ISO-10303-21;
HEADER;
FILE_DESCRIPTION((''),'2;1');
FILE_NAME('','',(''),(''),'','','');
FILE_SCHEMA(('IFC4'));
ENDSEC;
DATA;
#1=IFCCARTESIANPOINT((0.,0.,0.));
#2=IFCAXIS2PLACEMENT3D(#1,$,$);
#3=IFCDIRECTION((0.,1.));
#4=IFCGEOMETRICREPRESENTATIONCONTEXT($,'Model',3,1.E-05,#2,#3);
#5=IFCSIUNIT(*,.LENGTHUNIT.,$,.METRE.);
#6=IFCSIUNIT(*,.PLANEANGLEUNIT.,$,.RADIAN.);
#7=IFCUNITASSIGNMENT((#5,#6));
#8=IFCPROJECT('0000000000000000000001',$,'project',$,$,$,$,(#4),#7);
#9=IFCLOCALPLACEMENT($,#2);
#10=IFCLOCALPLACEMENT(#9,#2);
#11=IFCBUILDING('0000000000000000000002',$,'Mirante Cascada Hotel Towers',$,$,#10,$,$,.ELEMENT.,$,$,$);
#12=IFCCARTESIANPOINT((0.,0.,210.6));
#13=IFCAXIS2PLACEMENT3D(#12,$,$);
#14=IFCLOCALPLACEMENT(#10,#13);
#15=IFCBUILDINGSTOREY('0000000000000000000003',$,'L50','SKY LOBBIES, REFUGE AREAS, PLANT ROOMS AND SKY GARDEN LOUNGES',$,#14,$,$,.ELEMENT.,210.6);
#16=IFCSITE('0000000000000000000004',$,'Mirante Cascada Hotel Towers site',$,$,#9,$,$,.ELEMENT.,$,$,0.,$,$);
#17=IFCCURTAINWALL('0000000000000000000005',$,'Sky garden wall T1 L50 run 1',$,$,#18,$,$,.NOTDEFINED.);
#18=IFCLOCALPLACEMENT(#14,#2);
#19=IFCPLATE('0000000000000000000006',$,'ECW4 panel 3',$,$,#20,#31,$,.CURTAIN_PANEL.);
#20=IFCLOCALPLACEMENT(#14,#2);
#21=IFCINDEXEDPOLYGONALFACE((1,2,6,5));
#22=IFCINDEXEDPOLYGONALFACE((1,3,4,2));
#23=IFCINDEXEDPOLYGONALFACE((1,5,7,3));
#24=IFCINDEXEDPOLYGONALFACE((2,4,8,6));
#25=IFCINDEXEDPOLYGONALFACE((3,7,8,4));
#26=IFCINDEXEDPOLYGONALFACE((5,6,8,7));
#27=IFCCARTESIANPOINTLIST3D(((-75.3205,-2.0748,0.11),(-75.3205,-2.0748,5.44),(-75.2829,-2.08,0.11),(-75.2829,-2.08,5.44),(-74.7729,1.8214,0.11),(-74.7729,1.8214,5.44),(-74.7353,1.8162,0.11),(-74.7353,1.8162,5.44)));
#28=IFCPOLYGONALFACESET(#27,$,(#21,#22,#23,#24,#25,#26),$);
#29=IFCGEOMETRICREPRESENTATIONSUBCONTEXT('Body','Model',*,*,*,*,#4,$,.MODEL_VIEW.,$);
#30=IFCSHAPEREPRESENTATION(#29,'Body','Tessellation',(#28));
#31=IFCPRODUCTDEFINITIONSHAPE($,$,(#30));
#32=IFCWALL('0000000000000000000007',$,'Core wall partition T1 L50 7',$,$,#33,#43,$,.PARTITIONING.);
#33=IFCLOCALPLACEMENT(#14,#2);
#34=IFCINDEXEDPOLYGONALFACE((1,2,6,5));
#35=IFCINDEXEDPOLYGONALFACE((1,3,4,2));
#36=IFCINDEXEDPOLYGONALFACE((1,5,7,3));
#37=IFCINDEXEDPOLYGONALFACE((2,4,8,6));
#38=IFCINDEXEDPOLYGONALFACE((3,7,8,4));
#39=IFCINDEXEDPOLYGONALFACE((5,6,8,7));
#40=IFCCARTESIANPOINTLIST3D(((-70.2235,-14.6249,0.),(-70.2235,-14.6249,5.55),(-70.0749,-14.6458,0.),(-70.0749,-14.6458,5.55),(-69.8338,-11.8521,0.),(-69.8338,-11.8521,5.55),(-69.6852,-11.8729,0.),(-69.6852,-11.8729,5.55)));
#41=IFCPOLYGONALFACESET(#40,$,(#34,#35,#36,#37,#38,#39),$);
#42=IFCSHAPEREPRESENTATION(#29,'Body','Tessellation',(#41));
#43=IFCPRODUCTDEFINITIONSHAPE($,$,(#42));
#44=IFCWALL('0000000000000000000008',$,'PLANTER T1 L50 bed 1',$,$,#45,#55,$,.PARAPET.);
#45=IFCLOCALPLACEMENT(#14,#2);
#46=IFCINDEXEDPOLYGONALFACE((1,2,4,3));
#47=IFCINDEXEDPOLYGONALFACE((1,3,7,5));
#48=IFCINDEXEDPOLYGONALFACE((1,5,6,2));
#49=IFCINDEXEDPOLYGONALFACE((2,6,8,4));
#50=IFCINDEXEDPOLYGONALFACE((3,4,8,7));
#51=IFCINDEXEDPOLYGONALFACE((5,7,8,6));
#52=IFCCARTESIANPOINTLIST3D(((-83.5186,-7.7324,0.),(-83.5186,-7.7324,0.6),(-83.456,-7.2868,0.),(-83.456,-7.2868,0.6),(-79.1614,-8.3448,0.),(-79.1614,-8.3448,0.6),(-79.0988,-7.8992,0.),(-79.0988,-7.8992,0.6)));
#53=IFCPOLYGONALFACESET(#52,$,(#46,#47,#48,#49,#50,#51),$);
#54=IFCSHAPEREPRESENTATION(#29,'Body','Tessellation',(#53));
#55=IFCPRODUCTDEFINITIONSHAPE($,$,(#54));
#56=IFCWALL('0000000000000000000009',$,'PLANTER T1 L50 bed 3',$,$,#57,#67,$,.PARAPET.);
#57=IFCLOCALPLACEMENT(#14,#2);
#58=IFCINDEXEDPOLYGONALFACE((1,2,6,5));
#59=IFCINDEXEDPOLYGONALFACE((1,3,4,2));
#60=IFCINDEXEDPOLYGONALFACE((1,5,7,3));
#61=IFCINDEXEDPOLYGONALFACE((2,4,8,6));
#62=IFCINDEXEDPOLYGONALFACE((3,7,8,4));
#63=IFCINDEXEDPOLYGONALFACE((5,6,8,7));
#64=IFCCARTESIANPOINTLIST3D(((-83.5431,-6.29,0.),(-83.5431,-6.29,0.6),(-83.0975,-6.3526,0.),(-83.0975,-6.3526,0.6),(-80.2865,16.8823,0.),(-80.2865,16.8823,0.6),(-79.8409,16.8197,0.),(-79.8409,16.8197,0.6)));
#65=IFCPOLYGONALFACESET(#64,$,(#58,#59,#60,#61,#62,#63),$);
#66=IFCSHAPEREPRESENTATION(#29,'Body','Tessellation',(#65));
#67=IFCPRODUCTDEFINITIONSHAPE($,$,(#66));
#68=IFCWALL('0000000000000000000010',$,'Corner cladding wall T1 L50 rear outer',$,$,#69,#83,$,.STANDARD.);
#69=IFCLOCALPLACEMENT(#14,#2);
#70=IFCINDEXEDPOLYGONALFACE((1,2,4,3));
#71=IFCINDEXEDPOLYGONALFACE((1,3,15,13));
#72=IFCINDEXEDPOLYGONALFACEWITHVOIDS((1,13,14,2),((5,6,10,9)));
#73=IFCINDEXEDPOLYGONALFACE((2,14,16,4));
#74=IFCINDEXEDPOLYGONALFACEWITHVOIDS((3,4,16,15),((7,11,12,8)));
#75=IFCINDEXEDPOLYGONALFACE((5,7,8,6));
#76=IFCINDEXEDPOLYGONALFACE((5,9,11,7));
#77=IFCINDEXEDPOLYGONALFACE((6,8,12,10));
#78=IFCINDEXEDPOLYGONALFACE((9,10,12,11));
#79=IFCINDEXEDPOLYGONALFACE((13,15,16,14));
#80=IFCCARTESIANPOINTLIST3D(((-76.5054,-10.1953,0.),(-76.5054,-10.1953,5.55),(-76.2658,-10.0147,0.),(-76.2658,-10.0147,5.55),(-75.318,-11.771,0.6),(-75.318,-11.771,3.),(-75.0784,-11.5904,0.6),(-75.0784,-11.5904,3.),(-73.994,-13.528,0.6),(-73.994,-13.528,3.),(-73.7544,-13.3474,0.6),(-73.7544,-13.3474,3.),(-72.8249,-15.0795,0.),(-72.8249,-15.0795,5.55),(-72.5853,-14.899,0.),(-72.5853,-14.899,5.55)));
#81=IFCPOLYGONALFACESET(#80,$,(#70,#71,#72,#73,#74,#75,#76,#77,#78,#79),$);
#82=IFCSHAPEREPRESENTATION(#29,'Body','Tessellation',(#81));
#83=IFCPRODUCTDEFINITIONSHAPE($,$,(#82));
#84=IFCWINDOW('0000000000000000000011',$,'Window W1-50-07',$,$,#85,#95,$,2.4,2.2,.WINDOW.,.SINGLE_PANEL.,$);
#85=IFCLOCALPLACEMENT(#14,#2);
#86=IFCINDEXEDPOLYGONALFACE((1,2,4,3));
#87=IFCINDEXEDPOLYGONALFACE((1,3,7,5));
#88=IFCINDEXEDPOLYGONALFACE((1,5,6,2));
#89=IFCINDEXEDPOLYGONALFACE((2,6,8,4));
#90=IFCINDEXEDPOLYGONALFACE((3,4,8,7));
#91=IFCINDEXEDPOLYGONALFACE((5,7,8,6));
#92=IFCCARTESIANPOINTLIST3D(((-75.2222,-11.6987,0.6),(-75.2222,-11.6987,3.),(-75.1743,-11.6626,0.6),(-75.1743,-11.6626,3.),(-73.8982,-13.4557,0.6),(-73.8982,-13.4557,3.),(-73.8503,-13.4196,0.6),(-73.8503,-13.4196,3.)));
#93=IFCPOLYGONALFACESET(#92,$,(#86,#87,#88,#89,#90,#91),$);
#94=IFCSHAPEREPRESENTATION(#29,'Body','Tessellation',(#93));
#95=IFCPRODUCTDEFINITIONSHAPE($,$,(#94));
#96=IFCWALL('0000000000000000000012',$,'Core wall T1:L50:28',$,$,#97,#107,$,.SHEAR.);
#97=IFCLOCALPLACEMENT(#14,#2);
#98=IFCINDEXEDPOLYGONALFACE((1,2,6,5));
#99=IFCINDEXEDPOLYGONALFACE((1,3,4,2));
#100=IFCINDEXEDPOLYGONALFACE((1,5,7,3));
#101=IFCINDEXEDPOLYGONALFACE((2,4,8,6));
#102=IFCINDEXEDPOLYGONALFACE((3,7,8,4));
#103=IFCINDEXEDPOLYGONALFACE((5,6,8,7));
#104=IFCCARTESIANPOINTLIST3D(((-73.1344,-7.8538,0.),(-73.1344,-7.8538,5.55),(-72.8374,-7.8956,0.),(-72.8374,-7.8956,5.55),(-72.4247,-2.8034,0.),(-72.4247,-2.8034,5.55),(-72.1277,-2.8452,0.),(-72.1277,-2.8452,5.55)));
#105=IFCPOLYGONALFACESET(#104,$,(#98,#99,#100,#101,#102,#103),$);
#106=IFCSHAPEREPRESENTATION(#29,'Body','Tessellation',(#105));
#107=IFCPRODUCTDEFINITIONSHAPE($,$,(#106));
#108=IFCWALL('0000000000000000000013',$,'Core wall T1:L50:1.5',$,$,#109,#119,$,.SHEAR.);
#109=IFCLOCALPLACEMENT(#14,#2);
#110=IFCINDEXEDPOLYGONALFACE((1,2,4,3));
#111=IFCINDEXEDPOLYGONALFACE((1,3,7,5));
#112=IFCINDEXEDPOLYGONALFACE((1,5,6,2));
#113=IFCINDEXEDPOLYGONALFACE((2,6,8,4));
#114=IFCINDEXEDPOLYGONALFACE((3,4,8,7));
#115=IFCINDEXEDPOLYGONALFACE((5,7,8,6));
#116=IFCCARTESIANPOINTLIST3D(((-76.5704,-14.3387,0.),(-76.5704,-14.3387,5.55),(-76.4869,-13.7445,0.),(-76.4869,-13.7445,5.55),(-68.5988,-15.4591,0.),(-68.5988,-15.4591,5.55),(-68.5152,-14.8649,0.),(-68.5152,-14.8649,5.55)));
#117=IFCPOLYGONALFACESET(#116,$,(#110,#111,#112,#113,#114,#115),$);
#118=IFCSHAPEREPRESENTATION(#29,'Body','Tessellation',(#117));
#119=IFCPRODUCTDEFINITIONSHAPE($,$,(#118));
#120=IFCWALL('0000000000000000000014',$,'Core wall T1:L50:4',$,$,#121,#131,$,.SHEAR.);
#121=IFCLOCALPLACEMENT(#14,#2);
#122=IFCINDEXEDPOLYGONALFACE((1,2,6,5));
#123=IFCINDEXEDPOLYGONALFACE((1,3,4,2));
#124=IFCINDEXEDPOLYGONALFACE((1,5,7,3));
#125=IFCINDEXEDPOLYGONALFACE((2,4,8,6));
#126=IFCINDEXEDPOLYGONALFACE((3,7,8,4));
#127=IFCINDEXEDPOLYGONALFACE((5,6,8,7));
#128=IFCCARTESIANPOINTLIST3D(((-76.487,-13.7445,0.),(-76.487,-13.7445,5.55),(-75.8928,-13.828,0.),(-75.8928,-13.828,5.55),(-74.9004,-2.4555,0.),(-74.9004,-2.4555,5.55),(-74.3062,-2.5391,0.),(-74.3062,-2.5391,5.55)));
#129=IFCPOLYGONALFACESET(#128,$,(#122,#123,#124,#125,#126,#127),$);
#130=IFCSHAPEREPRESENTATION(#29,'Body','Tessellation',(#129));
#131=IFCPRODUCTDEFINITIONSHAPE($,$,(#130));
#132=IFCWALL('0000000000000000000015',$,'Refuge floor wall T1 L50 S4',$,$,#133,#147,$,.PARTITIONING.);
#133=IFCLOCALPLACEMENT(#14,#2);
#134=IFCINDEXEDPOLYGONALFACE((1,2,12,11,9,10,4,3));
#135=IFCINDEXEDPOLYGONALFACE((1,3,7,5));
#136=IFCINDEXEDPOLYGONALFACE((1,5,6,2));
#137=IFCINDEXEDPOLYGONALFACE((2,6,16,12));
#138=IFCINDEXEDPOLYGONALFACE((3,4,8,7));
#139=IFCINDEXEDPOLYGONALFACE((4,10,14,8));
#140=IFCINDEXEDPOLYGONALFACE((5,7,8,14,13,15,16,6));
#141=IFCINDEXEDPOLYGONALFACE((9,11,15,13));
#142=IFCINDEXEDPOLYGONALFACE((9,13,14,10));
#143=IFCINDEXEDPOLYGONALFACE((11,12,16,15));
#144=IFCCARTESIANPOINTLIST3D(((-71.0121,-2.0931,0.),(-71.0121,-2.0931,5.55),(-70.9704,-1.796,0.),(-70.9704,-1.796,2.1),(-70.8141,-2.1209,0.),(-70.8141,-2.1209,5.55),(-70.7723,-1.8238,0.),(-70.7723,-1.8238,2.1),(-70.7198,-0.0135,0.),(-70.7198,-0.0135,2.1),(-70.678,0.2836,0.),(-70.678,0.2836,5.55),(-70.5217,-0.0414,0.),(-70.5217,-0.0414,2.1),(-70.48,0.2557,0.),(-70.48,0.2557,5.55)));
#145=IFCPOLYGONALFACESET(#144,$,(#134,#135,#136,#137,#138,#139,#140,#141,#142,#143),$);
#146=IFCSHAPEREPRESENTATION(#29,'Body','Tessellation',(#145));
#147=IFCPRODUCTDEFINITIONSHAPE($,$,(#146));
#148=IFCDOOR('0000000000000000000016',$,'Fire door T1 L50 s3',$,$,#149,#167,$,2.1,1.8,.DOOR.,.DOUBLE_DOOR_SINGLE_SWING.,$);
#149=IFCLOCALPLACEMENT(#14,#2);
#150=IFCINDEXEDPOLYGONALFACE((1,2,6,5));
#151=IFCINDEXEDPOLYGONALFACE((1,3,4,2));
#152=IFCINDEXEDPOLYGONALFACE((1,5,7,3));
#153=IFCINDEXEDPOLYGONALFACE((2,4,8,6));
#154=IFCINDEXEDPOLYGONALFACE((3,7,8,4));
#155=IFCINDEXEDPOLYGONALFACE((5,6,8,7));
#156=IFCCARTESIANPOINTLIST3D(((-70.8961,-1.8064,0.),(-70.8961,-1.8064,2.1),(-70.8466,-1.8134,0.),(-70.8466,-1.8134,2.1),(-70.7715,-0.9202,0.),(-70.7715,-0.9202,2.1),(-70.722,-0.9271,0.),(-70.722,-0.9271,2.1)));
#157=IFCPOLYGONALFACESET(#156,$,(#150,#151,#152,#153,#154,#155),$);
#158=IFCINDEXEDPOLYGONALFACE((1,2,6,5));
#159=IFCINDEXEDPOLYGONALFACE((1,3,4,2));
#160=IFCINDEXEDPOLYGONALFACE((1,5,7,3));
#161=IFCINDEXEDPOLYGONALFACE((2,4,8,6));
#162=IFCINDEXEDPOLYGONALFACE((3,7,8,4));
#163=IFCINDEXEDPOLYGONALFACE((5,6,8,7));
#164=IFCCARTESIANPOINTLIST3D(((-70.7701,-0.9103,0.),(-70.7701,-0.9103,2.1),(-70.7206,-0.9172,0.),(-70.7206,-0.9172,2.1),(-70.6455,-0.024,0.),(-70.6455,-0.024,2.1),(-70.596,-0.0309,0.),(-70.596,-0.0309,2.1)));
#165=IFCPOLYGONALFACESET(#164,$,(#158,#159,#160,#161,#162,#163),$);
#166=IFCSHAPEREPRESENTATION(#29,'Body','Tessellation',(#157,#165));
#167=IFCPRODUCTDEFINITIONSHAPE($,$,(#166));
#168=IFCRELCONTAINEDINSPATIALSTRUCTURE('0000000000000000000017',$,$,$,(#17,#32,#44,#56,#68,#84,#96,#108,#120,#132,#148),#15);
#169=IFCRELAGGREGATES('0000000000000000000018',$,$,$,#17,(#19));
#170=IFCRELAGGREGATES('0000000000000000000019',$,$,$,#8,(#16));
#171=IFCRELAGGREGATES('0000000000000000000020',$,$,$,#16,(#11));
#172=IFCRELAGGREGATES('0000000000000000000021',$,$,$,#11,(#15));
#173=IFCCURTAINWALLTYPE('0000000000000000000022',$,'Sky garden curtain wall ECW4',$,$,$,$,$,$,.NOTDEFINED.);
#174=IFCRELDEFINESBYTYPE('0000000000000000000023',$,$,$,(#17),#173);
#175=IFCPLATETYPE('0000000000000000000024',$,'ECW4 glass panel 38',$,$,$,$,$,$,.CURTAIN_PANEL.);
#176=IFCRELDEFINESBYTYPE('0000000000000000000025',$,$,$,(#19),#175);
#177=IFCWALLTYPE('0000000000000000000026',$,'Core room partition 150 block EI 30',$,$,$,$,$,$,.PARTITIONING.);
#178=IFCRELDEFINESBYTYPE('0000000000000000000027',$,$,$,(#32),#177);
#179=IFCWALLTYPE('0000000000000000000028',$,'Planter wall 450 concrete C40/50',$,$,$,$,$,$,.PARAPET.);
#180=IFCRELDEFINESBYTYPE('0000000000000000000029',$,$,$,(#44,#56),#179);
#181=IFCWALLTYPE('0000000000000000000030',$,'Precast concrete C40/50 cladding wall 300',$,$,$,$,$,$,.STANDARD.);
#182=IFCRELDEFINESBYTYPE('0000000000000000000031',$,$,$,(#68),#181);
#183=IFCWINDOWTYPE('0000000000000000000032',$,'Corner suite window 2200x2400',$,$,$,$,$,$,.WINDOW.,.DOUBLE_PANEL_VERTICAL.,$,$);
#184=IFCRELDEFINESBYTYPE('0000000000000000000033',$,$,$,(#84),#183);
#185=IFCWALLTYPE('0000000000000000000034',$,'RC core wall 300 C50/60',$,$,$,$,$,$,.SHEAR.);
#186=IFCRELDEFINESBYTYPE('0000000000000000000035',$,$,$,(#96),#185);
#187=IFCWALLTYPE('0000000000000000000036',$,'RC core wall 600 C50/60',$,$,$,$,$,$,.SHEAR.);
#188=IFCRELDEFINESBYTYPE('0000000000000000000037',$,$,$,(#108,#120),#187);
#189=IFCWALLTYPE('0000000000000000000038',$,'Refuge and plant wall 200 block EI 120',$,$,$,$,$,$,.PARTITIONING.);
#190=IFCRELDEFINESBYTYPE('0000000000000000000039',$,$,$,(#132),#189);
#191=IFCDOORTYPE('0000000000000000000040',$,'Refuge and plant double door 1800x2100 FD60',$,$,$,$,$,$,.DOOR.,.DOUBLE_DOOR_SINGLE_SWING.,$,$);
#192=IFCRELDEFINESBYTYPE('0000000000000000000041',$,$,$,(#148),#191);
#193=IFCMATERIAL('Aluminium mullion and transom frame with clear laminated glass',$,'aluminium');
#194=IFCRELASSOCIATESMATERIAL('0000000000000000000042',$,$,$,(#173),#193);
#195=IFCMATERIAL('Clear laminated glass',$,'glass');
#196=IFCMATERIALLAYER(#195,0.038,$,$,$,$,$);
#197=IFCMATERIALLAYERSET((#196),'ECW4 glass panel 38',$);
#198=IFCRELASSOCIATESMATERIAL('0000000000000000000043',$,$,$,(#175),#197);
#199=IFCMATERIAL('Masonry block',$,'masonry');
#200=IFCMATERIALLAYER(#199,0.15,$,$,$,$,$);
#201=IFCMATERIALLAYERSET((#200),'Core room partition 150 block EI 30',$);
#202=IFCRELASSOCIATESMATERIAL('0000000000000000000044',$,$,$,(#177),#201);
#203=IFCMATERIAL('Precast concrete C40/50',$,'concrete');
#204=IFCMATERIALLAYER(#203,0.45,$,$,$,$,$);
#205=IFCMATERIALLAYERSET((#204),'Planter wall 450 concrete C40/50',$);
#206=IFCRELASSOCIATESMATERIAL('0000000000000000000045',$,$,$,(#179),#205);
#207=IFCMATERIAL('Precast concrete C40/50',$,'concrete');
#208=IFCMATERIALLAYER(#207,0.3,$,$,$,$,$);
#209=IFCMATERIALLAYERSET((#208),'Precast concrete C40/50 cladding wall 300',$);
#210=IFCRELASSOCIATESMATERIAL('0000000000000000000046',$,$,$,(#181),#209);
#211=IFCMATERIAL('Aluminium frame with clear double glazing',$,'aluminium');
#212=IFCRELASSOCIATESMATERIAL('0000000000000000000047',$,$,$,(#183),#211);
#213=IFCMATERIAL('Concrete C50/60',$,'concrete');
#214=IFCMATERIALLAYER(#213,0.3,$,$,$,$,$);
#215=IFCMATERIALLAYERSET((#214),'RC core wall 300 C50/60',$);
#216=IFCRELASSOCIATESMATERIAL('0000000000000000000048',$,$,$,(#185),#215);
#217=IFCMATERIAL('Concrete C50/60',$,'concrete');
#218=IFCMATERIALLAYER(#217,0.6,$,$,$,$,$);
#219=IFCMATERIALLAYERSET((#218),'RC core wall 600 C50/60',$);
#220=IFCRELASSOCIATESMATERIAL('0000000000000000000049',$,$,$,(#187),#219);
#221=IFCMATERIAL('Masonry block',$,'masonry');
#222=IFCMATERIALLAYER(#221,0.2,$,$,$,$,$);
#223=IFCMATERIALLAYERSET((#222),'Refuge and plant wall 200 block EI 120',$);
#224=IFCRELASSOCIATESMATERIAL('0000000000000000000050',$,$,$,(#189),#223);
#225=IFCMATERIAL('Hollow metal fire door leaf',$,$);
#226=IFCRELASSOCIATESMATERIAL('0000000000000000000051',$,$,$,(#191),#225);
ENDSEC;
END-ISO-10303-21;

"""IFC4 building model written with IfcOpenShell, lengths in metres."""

from ifc_helpers import new_model, si_unit, direction, frame, frame_2d, origin, origin_2d, place, context, subcontext, project, spatial, rectangle, extrude, material, layer, layer_set, type_object, element, fill, aggregate, save


model = new_model("IFC4")

# Units and contexts
model_context = context("Model", 3, precision=1e-05, world=origin(), true_north=direction((0.0, 1.0)))
body_context = subcontext(model_context, "Body", "Model", "MODEL_VIEW")
ifc_project = project(units=[si_unit("LENGTHUNIT", "METRE"), si_unit("PLANEANGLEUNIT", "RADIAN")], contexts=[model_context])

# Site, building, storey
site_placement = place(None, origin())
site = spatial("IfcSite", under=ifc_project, at=site_placement, Name="Mirante Cascada Hotel Towers site", CompositionType="ELEMENT", RefElevation=0.0)
building_placement = place(site_placement, origin())
building = spatial("IfcBuilding", under=site, at=building_placement, Name="Mirante Cascada Hotel Towers", CompositionType="ELEMENT")
storey_placement = place(building_placement, frame((0.0, 0.0, 210.6)))
storey = spatial("IfcBuildingStorey", under=building, at=storey_placement, Name="L50", Description="SKY LOBBIES, REFUGE AREAS, PLANT ROOMS AND SKY GARDEN LOUNGES", CompositionType="ELEMENT", Elevation=210.6)

# Curtain wall, plate
ifc_material_1 = material(Name="Aluminium mullion and transom frame with clear laminated glass", Category="aluminium")
curtain_wall_type = type_object("IfcCurtainWallType", Name="Sky garden curtain wall ECW4", PredefinedType="NOTDEFINED", material=ifc_material_1)
curtain_wall_placement = place(storey_placement, origin())
curtain_wall = element("IfcCurtainWall", 1, at=curtain_wall_placement, inside=storey, type_object=curtain_wall_type, Name="Sky garden wall T1 L50 run 1", PredefinedType="NOTDEFINED")
ifc_material_2 = material(Name="Clear laminated glass", Category="glass")
ifc_layer_1 = layer(ifc_material_2, 0.038)
ifc_layer_set_1 = layer_set([ifc_layer_1], Name="ECW4 glass panel 38")
plate_type = type_object("IfcPlateType", Name="ECW4 glass panel 38", PredefinedType="CURTAIN_PANEL", material=ifc_layer_set_1)
plate_1_placement = place(storey_placement, frame((-75.0279, -0.1293, 0.11), z_axis=(0.0, 0.0, 1.0), x_axis=(0.139173, 0.990268, 0.0)))
plate_1 = element("IfcPlate", 2, at=plate_1_placement, type_object=plate_type, Name="ECW4 panel 3", PredefinedType="CURTAIN_PANEL", context=body_context, shape_type="SweptSolid", body=[
    extrude(rectangle(XDim=3.9345, YDim=0.038, at=origin_2d()), origin(), (0.0, 0.0, 1.0), 5.33),
])
aggregate(curtain_wall, [plate_1])

# Walls
ifc_material_3 = material(Name="Masonry block", Category="masonry")
ifc_layer_2 = layer(ifc_material_3, 0.15)
ifc_layer_set_2 = layer_set([ifc_layer_2], Name="Core room partition 150 block EI 30")
wall_type_1 = type_object("IfcWallType", Name="Core room partition 150 block EI 30", PredefinedType="PARTITIONING", material=ifc_layer_set_2)
wall_1_placement = place(storey_placement, frame((-70.1492, -14.6353, 0.0), z_axis=(0.0, 0.0, 1.0), x_axis=(0.139176, 0.990268, 0.0)))
element("IfcWall", 3, at=wall_1_placement, inside=storey, type_object=wall_type_1, Name="Core wall partition T1 L50 7", PredefinedType="PARTITIONING", context=body_context, shape_type="SweptSolid", body=[
    extrude(rectangle(XDim=2.8001, YDim=0.15, at=frame_2d((1.4, 0.0))), origin(), (0.0, 0.0, 1.0), 5.55),
])
ifc_material_4 = material(Name="Precast concrete C40/50", Category="concrete")
ifc_layer_3 = layer(ifc_material_4, 0.45)
ifc_layer_set_3 = layer_set([ifc_layer_3], Name="Planter wall 450 concrete C40/50")
wall_type_2 = type_object("IfcWallType", Name="Planter wall 450 concrete C40/50", PredefinedType="PARAPET", material=ifc_layer_set_3)
wall_2_placement = place(storey_placement, frame((-79.1301, -8.122, 0.0), z_axis=(0.0, 0.0, 1.0), x_axis=(-0.990267, 0.139181, 0.0)))
element("IfcWall", 4, at=wall_2_placement, inside=storey, type_object=wall_type_2, Name="PLANTER T1 L50 bed 1", PredefinedType="PARAPET", context=body_context, shape_type="SweptSolid", body=[
    extrude(rectangle(XDim=4.4, YDim=0.45, at=frame_2d((2.2, 0.0))), origin(), (0.0, 0.0, 1.0), 0.6),
])
wall_3_placement = place(storey_placement, frame((-83.3203, -6.3213, 0.0), z_axis=(0.0, 0.0, 1.0), x_axis=(0.139171, 0.990268, 0.0)))
element("IfcWall", 5, at=wall_3_placement, inside=storey, type_object=wall_type_2, Name="PLANTER T1 L50 bed 3", PredefinedType="PARAPET", context=body_context, shape_type="SweptSolid", body=[
    extrude(rectangle(XDim=23.4, YDim=0.45, at=frame_2d((11.7, 0.0))), origin(), (0.0, 0.0, 1.0), 0.6),
])

# Wall, opening, window
ifc_material_5 = material(Name="Precast concrete C40/50", Category="concrete")
ifc_layer_4 = layer(ifc_material_5, 0.3)
ifc_layer_set_4 = layer_set([ifc_layer_4], Name="Precast concrete C40/50 cladding wall 300")
wall_type_3 = type_object("IfcWallType", Name="Precast concrete C40/50 cladding wall 300", PredefinedType="STANDARD", material=ifc_layer_set_4)
wall_4_placement = place(storey_placement, frame((-72.7051, -14.9892, 0.0), z_axis=(0.0, 0.0, 1.0), x_axis=(-0.601814, 0.798636, 0.0)))
wall_4 = element("IfcWall", 6, at=wall_4_placement, inside=storey, type_object=wall_type_3, Name="Corner cladding wall T1 L50 rear outer", PredefinedType="STANDARD", context=body_context, shape_type="SweptSolid", body=[
    extrude(rectangle(XDim=6.1157, YDim=0.3, at=frame_2d((3.0578, 0.0))), origin(), (0.0, 0.0, 1.0), 5.55),
])
opening_1_placement = place(wall_4_placement, frame((1.9427, 0.0, 0.6)))
opening_1 = element("IfcOpeningElement", 7, at=opening_1_placement, cuts=wall_4, PredefinedType="OPENING", context=body_context, shape_type="SweptSolid", body=[
    extrude(rectangle(XDim=2.2, YDim=2.4, at=frame_2d((1.1, 1.2))), frame((0.0, 0.15, 0.0), z_axis=(0.0, -1.0, 0.0), x_axis=(1.0, 0.0, 0.0)), (0.0, 0.0, 1.0), 0.3),
])
ifc_material_6 = material(Name="Aluminium frame with clear double glazing", Category="aluminium")
window_type = type_object("IfcWindowType", Name="Corner suite window 2200x2400", PartitioningType="DOUBLE_PANEL_VERTICAL", PredefinedType="WINDOW", material=ifc_material_6)
window_placement = place(opening_1_placement, origin())
window = element("IfcWindow", 8, at=window_placement, inside=storey, type_object=window_type, Name="Window W1-50-07", OverallHeight=2.4, OverallWidth=2.2, PartitioningType="SINGLE_PANEL", PredefinedType="WINDOW", context=body_context, shape_type="SweptSolid", body=[
    extrude(rectangle(XDim=2.2, YDim=2.4, at=frame_2d((1.1, 1.2))), frame((0.0, 0.03, 0.0), z_axis=(0.0, -1.0, 0.0), x_axis=(1.0, 0.0, 0.0)), (0.0, 0.0, 1.0), 0.06),
])
fill(opening_1, window)

# Walls
ifc_material_7 = material(Name="Concrete C50/60", Category="concrete")
ifc_layer_5 = layer(ifc_material_7, 0.3)
ifc_layer_set_5 = layer_set([ifc_layer_5], Name="RC core wall 300 C50/60")
wall_type_4 = type_object("IfcWallType", Name="RC core wall 300 C50/60", PredefinedType="SHEAR", material=ifc_layer_set_5)
wall_5_placement = place(storey_placement, frame((-72.9859, -7.8747, 0.0), z_axis=(0.0, 0.0, 1.0), x_axis=(0.139156, 0.99027, 0.0)))
element("IfcWall", 9, at=wall_5_placement, inside=storey, type_object=wall_type_4, Name="Core wall T1:L50:28", PredefinedType="SHEAR", context=body_context, shape_type="SweptSolid", body=[
    extrude(rectangle(XDim=5.1, YDim=0.3, at=frame_2d((2.55, 0.0))), origin(), (0.0, 0.0, 1.0), 5.55),
])
ifc_material_8 = material(Name="Concrete C50/60", Category="concrete")
ifc_layer_6 = layer(ifc_material_8, 0.6)
ifc_layer_set_6 = layer_set([ifc_layer_6], Name="RC core wall 600 C50/60")
wall_type_5 = type_object("IfcWallType", Name="RC core wall 600 C50/60", PredefinedType="SHEAR", material=ifc_layer_set_6)
wall_6_placement = place(storey_placement, frame((-68.557, -15.162, 0.0), z_axis=(0.0, 0.0, 1.0), x_axis=(-0.990267, 0.139179, 0.0)))
element("IfcWall", 10, at=wall_6_placement, inside=storey, type_object=wall_type_5, Name="Core wall T1:L50:1.5", PredefinedType="SHEAR", context=body_context, shape_type="SweptSolid", body=[
    extrude(rectangle(XDim=8.05, YDim=0.6, at=frame_2d((4.025, 0.0))), origin(), (0.0, 0.0, 1.0), 5.55),
])
wall_7_placement = place(storey_placement, frame((-76.1899, -13.7863, 0.0), z_axis=(0.0, 0.0, 1.0), x_axis=(0.139176, 0.990268, 0.0)))
element("IfcWall", 11, at=wall_7_placement, inside=storey, type_object=wall_type_5, Name="Core wall T1:L50:4", PredefinedType="SHEAR", context=body_context, shape_type="SweptSolid", body=[
    extrude(rectangle(XDim=11.3999, YDim=0.6, at=frame_2d((5.7, 0.0))), origin(), (0.0, 0.0, 1.0), 5.55),
])

# Wall, opening, door
ifc_material_9 = material(Name="Masonry block", Category="masonry")
ifc_layer_7 = layer(ifc_material_9, 0.2)
ifc_layer_set_7 = layer_set([ifc_layer_7], Name="Refuge and plant wall 200 block EI 120")
wall_type_6 = type_object("IfcWallType", Name="Refuge and plant wall 200 block EI 120", PredefinedType="PARTITIONING", material=ifc_layer_set_7)
wall_8_placement = place(storey_placement, frame((-70.9131, -2.107, 0.0), z_axis=(0.0, 0.0, 1.0), x_axis=(0.13921, 0.990263, 0.0)))
wall_8 = element("IfcWall", 12, at=wall_8_placement, inside=storey, type_object=wall_type_6, Name="Refuge floor wall T1 L50 S4", PredefinedType="PARTITIONING", context=body_context, shape_type="SweptSolid", body=[
    extrude(rectangle(XDim=2.4, YDim=0.2, at=frame_2d((1.2, 0.0))), origin(), (0.0, 0.0, 1.0), 5.55),
])
opening_2_placement = place(wall_8_placement, frame((0.3, 0.0, 0.0)))
opening_2 = element("IfcOpeningElement", 13, at=opening_2_placement, cuts=wall_8, PredefinedType="OPENING", context=body_context, shape_type="SweptSolid", body=[
    extrude(rectangle(XDim=1.8, YDim=2.1, at=frame_2d((0.9, 1.05))), frame((0.0, 0.1, 0.0), z_axis=(0.0, -1.0, 0.0), x_axis=(1.0, 0.0, 0.0)), (0.0, 0.0, 1.0), 0.2),
])
ifc_material_10 = material(Name="Hollow metal fire door leaf")
door_type = type_object("IfcDoorType", Name="Refuge and plant double door 1800x2100 FD60", OperationType="DOUBLE_DOOR_SINGLE_SWING", PredefinedType="DOOR", material=ifc_material_10)
door_placement = place(opening_2_placement, origin())
door = element("IfcDoor", 14, at=door_placement, inside=storey, type_object=door_type, Name="Fire door T1 L50 s3", OperationType="DOUBLE_DOOR_SINGLE_SWING", OverallHeight=2.1, OverallWidth=1.8, PredefinedType="DOOR", context=body_context, shape_type="SweptSolid", body=[
    extrude(rectangle(XDim=0.895, YDim=2.1, at=frame_2d((0.4475, 1.05))), frame((0.0, 0.025, 0.0), z_axis=(0.0, -1.0, 0.0), x_axis=(1.0, 0.0, 0.0)), (0.0, 0.0, 1.0), 0.05),
    extrude(rectangle(XDim=0.895, YDim=2.1, at=frame_2d((1.3525, 1.05))), frame((0.0, 0.025, 0.0), z_axis=(0.0, -1.0, 0.0), x_axis=(1.0, 0.0, 0.0)), (0.0, 0.0, 1.0), 0.05),
])
fill(opening_2, door)

save(model, "model.ifc")
